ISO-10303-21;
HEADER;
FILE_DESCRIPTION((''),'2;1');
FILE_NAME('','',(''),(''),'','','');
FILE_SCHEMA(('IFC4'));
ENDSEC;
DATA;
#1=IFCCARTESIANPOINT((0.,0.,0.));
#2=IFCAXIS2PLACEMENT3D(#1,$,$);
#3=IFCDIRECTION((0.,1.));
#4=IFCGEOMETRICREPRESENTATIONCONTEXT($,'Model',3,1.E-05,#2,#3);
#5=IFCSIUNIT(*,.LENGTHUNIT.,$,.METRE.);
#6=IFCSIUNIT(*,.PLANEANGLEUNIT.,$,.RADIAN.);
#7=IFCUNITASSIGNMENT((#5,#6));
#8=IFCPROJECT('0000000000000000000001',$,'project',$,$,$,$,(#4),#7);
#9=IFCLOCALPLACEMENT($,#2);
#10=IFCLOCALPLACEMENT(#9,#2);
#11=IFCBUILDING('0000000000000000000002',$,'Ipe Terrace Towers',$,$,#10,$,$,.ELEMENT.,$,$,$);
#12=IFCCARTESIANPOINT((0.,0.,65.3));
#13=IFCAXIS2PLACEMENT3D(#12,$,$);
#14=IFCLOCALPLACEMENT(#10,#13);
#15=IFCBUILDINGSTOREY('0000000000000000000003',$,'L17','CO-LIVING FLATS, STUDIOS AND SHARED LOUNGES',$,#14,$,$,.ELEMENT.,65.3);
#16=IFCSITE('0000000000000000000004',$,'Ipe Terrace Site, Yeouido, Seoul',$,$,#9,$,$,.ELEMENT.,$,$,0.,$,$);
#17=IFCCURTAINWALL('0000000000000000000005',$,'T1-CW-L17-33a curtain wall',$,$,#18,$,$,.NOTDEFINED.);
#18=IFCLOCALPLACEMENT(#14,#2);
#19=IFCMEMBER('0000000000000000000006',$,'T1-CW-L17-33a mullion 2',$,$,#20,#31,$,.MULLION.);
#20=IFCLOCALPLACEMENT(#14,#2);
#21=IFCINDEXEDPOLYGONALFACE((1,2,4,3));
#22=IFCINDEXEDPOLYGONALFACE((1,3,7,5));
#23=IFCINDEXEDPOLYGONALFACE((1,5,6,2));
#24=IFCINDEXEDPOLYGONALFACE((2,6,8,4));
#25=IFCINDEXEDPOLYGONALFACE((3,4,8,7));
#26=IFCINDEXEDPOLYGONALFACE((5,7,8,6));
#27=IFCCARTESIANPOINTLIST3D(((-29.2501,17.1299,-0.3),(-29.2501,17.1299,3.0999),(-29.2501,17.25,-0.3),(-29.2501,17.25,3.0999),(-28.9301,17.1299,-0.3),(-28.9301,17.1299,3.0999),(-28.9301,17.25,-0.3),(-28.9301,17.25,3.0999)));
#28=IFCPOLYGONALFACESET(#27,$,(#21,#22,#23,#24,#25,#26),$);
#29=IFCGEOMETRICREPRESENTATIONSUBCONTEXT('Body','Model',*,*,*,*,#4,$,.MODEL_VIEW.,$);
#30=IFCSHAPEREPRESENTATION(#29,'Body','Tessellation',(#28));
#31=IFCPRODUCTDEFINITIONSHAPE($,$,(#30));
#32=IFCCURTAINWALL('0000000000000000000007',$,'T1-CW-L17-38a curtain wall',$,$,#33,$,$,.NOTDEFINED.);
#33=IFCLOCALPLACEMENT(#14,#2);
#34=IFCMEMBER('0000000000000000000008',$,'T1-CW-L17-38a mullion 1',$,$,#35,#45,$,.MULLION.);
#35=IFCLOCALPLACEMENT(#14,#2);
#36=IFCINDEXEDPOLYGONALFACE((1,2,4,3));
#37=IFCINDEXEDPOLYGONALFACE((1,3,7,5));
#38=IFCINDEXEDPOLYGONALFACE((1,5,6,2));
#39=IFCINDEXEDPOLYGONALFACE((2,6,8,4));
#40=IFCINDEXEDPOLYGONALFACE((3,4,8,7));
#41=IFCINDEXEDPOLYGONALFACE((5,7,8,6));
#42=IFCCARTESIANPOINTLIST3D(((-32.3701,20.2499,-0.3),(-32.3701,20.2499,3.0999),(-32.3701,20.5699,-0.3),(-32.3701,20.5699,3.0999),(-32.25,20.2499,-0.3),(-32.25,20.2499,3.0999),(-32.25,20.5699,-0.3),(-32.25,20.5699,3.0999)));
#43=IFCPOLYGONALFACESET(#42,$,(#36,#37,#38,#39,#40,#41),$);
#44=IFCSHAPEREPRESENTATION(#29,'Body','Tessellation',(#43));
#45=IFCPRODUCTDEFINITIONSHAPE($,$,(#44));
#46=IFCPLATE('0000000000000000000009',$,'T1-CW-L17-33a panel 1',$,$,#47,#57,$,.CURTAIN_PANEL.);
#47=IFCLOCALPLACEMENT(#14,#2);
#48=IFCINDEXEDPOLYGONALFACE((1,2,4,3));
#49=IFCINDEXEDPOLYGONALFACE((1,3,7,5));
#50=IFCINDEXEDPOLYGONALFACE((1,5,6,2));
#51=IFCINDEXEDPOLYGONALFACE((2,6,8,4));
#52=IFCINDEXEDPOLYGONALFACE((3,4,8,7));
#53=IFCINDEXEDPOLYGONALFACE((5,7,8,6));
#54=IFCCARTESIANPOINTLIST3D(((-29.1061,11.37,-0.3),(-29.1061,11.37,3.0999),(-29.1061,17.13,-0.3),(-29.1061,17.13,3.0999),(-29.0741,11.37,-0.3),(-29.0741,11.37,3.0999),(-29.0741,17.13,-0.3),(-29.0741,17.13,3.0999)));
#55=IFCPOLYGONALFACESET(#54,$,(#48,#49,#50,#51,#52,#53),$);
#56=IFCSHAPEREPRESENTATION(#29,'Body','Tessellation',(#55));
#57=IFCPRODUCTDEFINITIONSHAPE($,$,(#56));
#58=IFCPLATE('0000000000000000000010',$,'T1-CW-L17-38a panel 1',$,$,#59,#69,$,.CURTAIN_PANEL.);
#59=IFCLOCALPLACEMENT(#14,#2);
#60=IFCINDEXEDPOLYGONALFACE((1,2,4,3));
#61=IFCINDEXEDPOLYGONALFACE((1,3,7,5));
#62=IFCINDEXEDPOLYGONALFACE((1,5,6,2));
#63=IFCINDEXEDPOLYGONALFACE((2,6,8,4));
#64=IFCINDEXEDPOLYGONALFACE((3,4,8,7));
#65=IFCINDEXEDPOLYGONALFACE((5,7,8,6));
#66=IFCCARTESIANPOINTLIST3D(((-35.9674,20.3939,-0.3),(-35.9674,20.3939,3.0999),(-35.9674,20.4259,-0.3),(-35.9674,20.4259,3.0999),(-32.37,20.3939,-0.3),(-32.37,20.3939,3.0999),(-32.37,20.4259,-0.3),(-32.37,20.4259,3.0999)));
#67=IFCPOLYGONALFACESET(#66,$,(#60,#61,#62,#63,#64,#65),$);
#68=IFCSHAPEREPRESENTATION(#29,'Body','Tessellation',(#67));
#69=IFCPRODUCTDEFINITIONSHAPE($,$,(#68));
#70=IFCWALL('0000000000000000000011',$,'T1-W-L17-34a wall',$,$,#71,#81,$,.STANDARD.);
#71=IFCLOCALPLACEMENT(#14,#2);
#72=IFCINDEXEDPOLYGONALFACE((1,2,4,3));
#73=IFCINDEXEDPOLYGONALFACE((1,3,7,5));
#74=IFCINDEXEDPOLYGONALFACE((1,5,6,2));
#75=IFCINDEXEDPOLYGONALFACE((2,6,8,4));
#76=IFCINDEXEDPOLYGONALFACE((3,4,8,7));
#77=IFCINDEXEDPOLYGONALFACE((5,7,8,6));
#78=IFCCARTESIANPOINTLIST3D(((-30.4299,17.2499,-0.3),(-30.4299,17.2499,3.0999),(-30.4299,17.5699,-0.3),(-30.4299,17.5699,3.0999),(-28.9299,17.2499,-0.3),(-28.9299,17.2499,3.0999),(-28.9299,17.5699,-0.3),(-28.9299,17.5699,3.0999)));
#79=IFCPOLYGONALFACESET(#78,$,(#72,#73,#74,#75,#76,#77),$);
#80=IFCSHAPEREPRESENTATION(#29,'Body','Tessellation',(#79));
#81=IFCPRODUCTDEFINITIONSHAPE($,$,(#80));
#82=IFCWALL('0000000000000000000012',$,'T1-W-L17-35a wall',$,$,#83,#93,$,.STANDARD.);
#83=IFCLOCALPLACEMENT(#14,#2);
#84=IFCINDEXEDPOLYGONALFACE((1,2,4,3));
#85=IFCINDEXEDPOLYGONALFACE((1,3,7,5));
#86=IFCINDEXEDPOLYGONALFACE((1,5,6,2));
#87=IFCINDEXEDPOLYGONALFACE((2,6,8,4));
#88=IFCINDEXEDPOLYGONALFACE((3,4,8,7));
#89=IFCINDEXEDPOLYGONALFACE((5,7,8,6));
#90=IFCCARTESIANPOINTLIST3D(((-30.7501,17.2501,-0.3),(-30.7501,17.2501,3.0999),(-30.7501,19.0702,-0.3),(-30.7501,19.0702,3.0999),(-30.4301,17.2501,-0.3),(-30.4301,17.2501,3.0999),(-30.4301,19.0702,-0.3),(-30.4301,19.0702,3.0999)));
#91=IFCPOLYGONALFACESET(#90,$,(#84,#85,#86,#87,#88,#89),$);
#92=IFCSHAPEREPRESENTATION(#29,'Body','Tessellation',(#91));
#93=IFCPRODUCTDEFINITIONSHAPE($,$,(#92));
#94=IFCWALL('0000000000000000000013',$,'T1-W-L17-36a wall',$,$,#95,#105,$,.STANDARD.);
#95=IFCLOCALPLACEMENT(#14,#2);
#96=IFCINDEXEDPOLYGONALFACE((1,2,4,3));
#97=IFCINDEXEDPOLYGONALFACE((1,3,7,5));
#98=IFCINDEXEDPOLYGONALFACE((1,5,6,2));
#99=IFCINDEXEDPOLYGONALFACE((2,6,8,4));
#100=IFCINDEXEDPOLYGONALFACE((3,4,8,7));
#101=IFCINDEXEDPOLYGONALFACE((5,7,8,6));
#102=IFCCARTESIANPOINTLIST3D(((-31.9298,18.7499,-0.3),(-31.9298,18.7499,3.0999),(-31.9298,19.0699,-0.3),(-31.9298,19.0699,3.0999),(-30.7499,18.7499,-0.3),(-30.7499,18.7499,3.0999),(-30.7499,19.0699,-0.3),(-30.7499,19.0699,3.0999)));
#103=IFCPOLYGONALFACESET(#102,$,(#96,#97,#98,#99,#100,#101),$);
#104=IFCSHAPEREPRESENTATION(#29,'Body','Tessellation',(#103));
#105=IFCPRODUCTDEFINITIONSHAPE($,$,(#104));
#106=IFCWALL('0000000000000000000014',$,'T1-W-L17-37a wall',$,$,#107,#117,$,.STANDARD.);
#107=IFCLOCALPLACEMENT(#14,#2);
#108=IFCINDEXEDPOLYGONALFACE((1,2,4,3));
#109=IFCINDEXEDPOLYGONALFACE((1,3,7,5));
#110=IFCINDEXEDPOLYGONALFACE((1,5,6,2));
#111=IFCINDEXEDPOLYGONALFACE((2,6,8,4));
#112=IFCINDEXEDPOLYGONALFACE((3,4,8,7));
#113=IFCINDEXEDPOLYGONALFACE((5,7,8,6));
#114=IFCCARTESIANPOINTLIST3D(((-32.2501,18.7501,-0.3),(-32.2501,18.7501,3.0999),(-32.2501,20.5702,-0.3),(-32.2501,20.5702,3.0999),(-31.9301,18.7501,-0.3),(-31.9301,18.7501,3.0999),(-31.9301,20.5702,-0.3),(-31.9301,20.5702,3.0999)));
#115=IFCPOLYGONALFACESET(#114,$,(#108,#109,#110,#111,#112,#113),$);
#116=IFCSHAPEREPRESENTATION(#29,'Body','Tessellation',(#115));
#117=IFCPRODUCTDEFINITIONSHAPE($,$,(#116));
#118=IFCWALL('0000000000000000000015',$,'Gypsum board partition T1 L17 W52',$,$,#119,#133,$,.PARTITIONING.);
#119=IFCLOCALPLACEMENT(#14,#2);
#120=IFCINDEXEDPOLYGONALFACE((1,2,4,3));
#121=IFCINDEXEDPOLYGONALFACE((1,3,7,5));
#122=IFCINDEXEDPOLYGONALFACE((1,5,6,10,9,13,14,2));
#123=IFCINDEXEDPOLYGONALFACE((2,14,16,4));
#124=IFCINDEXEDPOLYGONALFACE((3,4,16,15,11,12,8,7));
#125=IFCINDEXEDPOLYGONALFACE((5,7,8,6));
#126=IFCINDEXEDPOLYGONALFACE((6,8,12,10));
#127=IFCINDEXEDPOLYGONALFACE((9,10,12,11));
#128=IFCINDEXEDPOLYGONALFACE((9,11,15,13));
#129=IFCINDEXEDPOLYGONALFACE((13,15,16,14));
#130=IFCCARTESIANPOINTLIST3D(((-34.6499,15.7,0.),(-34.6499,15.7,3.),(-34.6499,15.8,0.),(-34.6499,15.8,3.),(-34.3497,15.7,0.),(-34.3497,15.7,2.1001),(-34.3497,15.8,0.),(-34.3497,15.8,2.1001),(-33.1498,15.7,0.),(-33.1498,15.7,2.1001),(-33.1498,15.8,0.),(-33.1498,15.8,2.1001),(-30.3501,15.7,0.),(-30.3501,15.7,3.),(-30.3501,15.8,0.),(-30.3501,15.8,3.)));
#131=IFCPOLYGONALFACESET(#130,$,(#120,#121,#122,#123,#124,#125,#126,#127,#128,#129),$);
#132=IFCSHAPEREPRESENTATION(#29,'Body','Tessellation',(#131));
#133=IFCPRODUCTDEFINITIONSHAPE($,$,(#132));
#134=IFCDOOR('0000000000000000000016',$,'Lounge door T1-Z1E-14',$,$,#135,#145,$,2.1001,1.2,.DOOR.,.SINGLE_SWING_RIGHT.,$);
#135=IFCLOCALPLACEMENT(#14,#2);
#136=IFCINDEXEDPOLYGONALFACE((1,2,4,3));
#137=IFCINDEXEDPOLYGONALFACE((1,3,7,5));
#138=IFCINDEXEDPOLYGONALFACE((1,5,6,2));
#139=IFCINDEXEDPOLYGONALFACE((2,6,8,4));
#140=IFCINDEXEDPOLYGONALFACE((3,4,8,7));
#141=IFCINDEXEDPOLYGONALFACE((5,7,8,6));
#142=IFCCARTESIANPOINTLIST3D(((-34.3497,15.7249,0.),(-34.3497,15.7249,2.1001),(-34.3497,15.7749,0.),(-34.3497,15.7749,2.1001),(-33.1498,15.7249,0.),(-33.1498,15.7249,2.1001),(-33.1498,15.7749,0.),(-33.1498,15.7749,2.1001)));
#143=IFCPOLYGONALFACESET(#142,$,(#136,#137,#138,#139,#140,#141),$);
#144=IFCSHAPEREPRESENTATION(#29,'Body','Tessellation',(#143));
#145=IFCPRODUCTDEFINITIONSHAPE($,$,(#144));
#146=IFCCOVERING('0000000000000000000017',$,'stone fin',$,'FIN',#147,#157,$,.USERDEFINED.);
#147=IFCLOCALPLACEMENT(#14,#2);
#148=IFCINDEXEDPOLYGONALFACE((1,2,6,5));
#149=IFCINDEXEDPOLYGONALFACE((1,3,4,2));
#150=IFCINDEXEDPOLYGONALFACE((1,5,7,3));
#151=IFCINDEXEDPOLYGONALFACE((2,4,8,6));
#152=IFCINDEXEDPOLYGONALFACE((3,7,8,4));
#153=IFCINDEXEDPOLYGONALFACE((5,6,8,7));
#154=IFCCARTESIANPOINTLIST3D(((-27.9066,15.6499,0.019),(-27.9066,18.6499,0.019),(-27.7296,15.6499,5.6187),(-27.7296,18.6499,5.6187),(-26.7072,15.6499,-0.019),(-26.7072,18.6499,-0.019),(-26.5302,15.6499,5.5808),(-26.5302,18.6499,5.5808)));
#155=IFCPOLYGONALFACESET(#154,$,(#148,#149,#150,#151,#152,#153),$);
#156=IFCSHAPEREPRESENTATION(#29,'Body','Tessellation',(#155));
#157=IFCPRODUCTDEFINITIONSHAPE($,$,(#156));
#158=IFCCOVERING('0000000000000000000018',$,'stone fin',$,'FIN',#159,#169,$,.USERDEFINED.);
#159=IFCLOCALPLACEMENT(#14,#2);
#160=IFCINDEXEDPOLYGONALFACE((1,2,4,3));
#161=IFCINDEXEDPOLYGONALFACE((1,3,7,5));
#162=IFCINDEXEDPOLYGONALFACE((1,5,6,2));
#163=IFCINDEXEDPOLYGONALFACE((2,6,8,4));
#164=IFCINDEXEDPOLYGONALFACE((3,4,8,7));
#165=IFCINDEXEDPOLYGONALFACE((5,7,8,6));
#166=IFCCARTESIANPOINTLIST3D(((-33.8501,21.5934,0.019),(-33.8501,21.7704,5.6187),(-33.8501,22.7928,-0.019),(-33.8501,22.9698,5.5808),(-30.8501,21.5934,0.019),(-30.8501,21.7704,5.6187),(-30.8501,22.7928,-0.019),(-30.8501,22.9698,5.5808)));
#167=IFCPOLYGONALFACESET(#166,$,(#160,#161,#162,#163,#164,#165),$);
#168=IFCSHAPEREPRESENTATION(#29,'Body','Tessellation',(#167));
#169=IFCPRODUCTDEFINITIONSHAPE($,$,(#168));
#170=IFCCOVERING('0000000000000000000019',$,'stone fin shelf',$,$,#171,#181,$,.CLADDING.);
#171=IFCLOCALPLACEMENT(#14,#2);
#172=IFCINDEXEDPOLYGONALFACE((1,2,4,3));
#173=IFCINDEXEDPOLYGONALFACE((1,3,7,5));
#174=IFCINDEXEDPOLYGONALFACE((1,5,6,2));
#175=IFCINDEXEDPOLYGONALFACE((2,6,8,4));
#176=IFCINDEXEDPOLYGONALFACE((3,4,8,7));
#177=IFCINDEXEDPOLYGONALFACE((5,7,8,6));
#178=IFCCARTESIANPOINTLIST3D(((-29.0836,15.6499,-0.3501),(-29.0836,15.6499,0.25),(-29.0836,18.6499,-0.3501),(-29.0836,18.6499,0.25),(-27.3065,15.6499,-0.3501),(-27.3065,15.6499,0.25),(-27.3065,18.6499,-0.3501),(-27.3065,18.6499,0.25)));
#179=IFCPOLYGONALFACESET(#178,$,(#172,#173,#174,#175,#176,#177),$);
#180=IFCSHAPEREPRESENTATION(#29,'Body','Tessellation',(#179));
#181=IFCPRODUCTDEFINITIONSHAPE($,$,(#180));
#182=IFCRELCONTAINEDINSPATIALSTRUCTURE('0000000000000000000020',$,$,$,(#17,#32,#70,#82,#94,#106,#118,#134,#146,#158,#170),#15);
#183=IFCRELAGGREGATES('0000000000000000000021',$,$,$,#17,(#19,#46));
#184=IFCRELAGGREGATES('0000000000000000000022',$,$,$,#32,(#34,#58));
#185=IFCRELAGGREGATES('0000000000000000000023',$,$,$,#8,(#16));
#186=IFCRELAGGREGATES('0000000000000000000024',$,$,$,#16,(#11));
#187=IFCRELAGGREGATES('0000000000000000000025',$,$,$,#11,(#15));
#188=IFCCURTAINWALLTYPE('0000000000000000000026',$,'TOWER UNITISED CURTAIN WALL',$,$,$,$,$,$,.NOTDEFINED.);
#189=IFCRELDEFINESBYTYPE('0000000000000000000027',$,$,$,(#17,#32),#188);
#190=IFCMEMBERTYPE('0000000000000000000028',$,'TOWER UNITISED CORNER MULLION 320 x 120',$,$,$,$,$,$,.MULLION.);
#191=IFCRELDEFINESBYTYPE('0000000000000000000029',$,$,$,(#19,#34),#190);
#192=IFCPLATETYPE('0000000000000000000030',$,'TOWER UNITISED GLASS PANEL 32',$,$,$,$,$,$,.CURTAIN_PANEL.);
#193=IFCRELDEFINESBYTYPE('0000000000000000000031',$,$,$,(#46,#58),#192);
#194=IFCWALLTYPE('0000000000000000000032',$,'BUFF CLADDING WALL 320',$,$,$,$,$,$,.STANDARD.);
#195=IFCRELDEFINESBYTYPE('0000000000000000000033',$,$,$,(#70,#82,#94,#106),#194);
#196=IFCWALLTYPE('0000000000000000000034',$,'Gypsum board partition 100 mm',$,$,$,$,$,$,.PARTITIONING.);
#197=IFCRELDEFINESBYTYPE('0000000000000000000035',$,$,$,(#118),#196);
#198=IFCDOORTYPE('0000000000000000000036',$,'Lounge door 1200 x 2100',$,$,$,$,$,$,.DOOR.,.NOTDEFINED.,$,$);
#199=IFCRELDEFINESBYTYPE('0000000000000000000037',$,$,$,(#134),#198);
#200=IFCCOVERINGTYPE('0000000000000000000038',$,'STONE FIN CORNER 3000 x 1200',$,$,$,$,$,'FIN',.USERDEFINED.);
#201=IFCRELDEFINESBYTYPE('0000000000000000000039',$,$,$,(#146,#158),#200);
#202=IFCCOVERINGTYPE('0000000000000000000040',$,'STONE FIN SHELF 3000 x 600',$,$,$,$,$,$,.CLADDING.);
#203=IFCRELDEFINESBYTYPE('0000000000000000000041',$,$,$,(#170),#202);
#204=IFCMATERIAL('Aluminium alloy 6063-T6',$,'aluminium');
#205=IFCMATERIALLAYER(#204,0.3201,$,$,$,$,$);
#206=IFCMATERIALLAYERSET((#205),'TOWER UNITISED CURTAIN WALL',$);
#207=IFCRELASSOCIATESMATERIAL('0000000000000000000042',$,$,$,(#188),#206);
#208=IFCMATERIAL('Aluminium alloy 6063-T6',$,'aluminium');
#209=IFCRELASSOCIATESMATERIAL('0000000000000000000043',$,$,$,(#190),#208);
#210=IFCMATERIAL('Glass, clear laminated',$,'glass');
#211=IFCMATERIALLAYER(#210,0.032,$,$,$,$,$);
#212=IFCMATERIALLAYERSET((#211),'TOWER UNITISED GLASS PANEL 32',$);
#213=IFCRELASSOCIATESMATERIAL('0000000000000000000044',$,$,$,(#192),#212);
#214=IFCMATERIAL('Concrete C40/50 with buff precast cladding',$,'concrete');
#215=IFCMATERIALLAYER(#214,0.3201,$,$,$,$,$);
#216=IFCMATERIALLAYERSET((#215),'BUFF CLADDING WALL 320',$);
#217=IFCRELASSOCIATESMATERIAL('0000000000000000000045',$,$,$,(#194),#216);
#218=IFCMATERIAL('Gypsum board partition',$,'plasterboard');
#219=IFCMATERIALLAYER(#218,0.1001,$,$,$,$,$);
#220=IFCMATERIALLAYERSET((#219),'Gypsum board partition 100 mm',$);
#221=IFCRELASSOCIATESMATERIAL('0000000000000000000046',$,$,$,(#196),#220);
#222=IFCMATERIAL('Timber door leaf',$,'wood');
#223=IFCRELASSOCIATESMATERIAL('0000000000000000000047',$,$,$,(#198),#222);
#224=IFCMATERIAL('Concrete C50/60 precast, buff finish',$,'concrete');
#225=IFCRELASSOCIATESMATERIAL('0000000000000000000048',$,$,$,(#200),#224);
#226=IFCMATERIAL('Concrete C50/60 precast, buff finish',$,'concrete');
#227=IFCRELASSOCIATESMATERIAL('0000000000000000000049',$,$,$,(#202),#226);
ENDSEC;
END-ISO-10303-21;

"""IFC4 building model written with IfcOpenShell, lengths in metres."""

from ifc_helpers import new_model, si_unit, direction, frame, frame_2d, origin, origin_2d, place, context, subcontext, project, spatial, rectangle, extrude, material, layer, layer_set, material_profile, profile_set, type_object, element, fill, aggregate, save


model = new_model("IFC4")

# Units and contexts
model_context = context("Model", 3, precision=1e-05, world=origin(), true_north=direction((0.0, 1.0)))
body_context = subcontext(model_context, "Body", "Model", "MODEL_VIEW")
ifc_project = project(units=[si_unit("LENGTHUNIT", "METRE"), si_unit("PLANEANGLEUNIT", "RADIAN")], contexts=[model_context])

# Site, building, storey
site_placement = place(None, origin())
site = spatial("IfcSite", under=ifc_project, at=site_placement, Name="Ipe Terrace Site, Yeouido, Seoul", CompositionType="ELEMENT", RefElevation=0.0)
building_placement = place(site_placement, origin())
building = spatial("IfcBuilding", under=site, at=building_placement, Name="Ipe Terrace Towers", CompositionType="ELEMENT")
storey_placement = place(building_placement, frame((0.0, 0.0, 65.3)))
storey = spatial("IfcBuildingStorey", under=building, at=storey_placement, Name="L17", Description="CO-LIVING FLATS, STUDIOS AND SHARED LOUNGES", CompositionType="ELEMENT", Elevation=65.3)

# Curtain walls, members
ifc_material_1 = material(Name="Aluminium alloy 6063-T6", Category="aluminium")
ifc_layer_1 = layer(ifc_material_1, 0.3201)
ifc_layer_set_1 = layer_set([ifc_layer_1], Name="TOWER UNITISED CURTAIN WALL")
curtain_wall_type = type_object("IfcCurtainWallType", Name="TOWER UNITISED CURTAIN WALL", PredefinedType="NOTDEFINED", material=ifc_layer_set_1)
curtain_wall_1_placement = place(storey_placement, origin())
curtain_wall_1 = element("IfcCurtainWall", 1, at=curtain_wall_1_placement, inside=storey, type_object=curtain_wall_type, Name="T1-CW-L17-33a curtain wall", PredefinedType="NOTDEFINED")
ifc_material_2 = material(Name="Aluminium alloy 6063-T6", Category="aluminium")
ifc_material_profile_1 = material_profile(ifc_material_2, rectangle(XDim=0.3201, YDim=0.1201, at=origin_2d()), Name="TOWER UNITISED CORNER MULLION 320 x 120")
ifc_profile_set_1 = profile_set([ifc_material_profile_1], Name="Aluminium alloy 6063-T6")
member_type = type_object("IfcMemberType", Name="TOWER UNITISED CORNER MULLION 320 x 120", PredefinedType="MULLION", material=ifc_profile_set_1)
member_1_placement = place(storey_placement, frame((-29.0901, 17.1899, -0.3), z_axis=(0.0, 0.0, 1.0), x_axis=(1.0, 0.0, 0.0)))
member_1 = element("IfcMember", 2, at=member_1_placement, type_object=member_type, Name="T1-CW-L17-33a mullion 2", PredefinedType="MULLION", context=body_context, shape_type="SweptSolid", body=[
    extrude(rectangle(XDim=0.3201, YDim=0.1201, at=origin_2d()), origin(), (0.0, 0.0, 1.0), 3.3999),
])
curtain_wall_2_placement = place(storey_placement, origin())
curtain_wall_2 = element("IfcCurtainWall", 3, at=curtain_wall_2_placement, inside=storey, type_object=curtain_wall_type, Name="T1-CW-L17-38a curtain wall", PredefinedType="NOTDEFINED")
member_2_placement = place(storey_placement, frame((-32.3101, 20.4099, -0.3), z_axis=(0.0, 0.0, 1.0), x_axis=(0.0, 1.0, 0.0)))
member_2 = element("IfcMember", 4, at=member_2_placement, type_object=member_type, Name="T1-CW-L17-38a mullion 1", PredefinedType="MULLION", context=body_context, shape_type="SweptSolid", body=[
    extrude(rectangle(XDim=0.3201, YDim=0.1201, at=origin_2d()), origin(), (0.0, 0.0, 1.0), 3.3999),
])

# Plates
ifc_material_3 = material(Name="Glass, clear laminated", Category="glass")
ifc_layer_2 = layer(ifc_material_3, 0.032)
ifc_layer_set_2 = layer_set([ifc_layer_2], Name="TOWER UNITISED GLASS PANEL 32")
plate_type = type_object("IfcPlateType", Name="TOWER UNITISED GLASS PANEL 32", PredefinedType="CURTAIN_PANEL", material=ifc_layer_set_2)
plate_1_placement = place(storey_placement, frame((-29.0901, 14.25, -0.3), z_axis=(0.0, 0.0, 1.0), x_axis=(0.0, 1.0, 0.0)))
plate_1 = element("IfcPlate", 5, at=plate_1_placement, type_object=plate_type, Name="T1-CW-L17-33a panel 1", PredefinedType="CURTAIN_PANEL", context=body_context, shape_type="SweptSolid", body=[
    extrude(rectangle(XDim=5.76, YDim=0.032, at=origin_2d()), origin(), (0.0, 0.0, 1.0), 3.3999),
])
aggregate(curtain_wall_1, [member_1, plate_1])
plate_2_placement = place(storey_placement, frame((-34.1687, 20.4099, -0.3), z_axis=(0.0, 0.0, 1.0), x_axis=(-1.0, 0.0, 0.0)))
plate_2 = element("IfcPlate", 6, at=plate_2_placement, type_object=plate_type, Name="T1-CW-L17-38a panel 1", PredefinedType="CURTAIN_PANEL", context=body_context, shape_type="SweptSolid", body=[
    extrude(rectangle(XDim=3.5974, YDim=0.032, at=origin_2d()), origin(), (0.0, 0.0, 1.0), 3.3999),
])
aggregate(curtain_wall_2, [member_2, plate_2])

# Walls
ifc_material_4 = material(Name="Concrete C40/50 with buff precast cladding", Category="concrete")
ifc_layer_3 = layer(ifc_material_4, 0.3201)
ifc_layer_set_3 = layer_set([ifc_layer_3], Name="BUFF CLADDING WALL 320")
wall_type_1 = type_object("IfcWallType", Name="BUFF CLADDING WALL 320", PredefinedType="STANDARD", material=ifc_layer_set_3)
wall_1_placement = place(storey_placement, frame((-28.9299, 17.4099, -0.3), z_axis=(0.0, 0.0, 1.0), x_axis=(-1.0, 0.0, 0.0)))
element("IfcWall", 7, at=wall_1_placement, inside=storey, type_object=wall_type_1, Name="T1-W-L17-34a wall", PredefinedType="STANDARD", context=body_context, shape_type="SweptSolid", body=[
    extrude(rectangle(XDim=1.5, YDim=0.3201, at=frame_2d((0.75, 0.0))), origin(), (0.0, 0.0, 1.0), 3.3999),
])
wall_2_placement = place(storey_placement, frame((-30.5901, 17.25, -0.3), z_axis=(0.0, 0.0, 1.0), x_axis=(0.0, 1.0, 0.0)))
element("IfcWall", 8, at=wall_2_placement, inside=storey, type_object=wall_type_1, Name="T1-W-L17-35a wall", PredefinedType="STANDARD", context=body_context, shape_type="SweptSolid", body=[
    extrude(rectangle(XDim=1.8201, YDim=0.3201, at=frame_2d((0.9102, 0.0))), origin(), (0.0, 0.0, 1.0), 3.3999),
])
wall_3_placement = place(storey_placement, frame((-30.75, 18.9099, -0.3), z_axis=(0.0, 0.0, 1.0), x_axis=(-1.0, 0.0, 0.0)))
element("IfcWall", 9, at=wall_3_placement, inside=storey, type_object=wall_type_1, Name="T1-W-L17-36a wall", PredefinedType="STANDARD", context=body_context, shape_type="SweptSolid", body=[
    extrude(rectangle(XDim=1.1799, YDim=0.3201, at=frame_2d((0.5898, 0.0))), origin(), (0.0, 0.0, 1.0), 3.3999),
])
wall_4_placement = place(storey_placement, frame((-32.0901, 18.75, -0.3), z_axis=(0.0, 0.0, 1.0), x_axis=(0.0, 1.0, 0.0)))
element("IfcWall", 10, at=wall_4_placement, inside=storey, type_object=wall_type_1, Name="T1-W-L17-37a wall", PredefinedType="STANDARD", context=body_context, shape_type="SweptSolid", body=[
    extrude(rectangle(XDim=1.8201, YDim=0.3201, at=frame_2d((0.9102, 0.0))), origin(), (0.0, 0.0, 1.0), 3.3999),
])

# Wall, opening, door
ifc_material_5 = material(Name="Gypsum board partition", Category="plasterboard")
ifc_layer_4 = layer(ifc_material_5, 0.1001)
ifc_layer_set_4 = layer_set([ifc_layer_4], Name="Gypsum board partition 100 mm")
wall_type_2 = type_object("IfcWallType", Name="Gypsum board partition 100 mm", PredefinedType="PARTITIONING", material=ifc_layer_set_4)
wall_5_placement = place(storey_placement, frame((-34.6499, 15.75, 0.0), z_axis=(0.0, 0.0, 1.0), x_axis=(1.0, 0.0, 0.0)))
wall_5 = element("IfcWall", 11, at=wall_5_placement, inside=storey, type_object=wall_type_2, Name="Gypsum board partition T1 L17 W52", PredefinedType="PARTITIONING", context=body_context, shape_type="SweptSolid", body=[
    extrude(rectangle(XDim=4.2998, YDim=0.1001, at=frame_2d((2.1499, 0.0))), origin(), (0.0, 0.0, 1.0), 3.0),
])
opening_placement = place(wall_5_placement, frame((0.3, 0.0, 0.0)))
opening = element("IfcOpeningElement", 12, at=opening_placement, cuts=wall_5, PredefinedType="OPENING", context=body_context, shape_type="SweptSolid", body=[
    extrude(rectangle(XDim=1.2, YDim=2.1001, at=frame_2d((0.6001, 1.05))), frame((0.0, 0.0601, 0.0), z_axis=(0.0, -1.0, 0.0), x_axis=(1.0, 0.0, 0.0)), (0.0, 0.0, 1.0), 0.1201),
])
ifc_material_6 = material(Name="Timber door leaf", Category="wood")
door_type = type_object("IfcDoorType", Name="Lounge door 1200 x 2100", OperationType="NOTDEFINED", PredefinedType="DOOR", material=ifc_material_6)
door_placement = place(opening_placement, origin())
door = element("IfcDoor", 13, at=door_placement, inside=storey, type_object=door_type, Name="Lounge door T1-Z1E-14", OperationType="SINGLE_SWING_RIGHT", OverallHeight=2.1001, OverallWidth=1.2, PredefinedType="DOOR", context=body_context, shape_type="SweptSolid", body=[
    extrude(rectangle(XDim=1.2, YDim=2.1001, at=frame_2d((0.6001, 1.05))), frame((0.0, 0.0249, 0.0), z_axis=(0.0, -1.0, 0.0), x_axis=(1.0, 0.0, 0.0)), (0.0, 0.0, 1.0), 0.05),
])
fill(opening, door)

# Coverings
ifc_material_7 = material(Name="Concrete C50/60 precast, buff finish", Category="concrete")
ifc_material_profile_2 = material_profile(ifc_material_7, rectangle(XDim=3.0, YDim=1.2, at=origin_2d()), Name="STONE FIN CORNER 3000 x 1200")
ifc_profile_set_2 = profile_set([ifc_material_profile_2], Name="Concrete C50/60 precast, buff finish")
covering_type_1 = type_object("IfcCoveringType", Name="STONE FIN CORNER 3000 x 1200", ElementType="FIN", PredefinedType="USERDEFINED", material=ifc_profile_set_2)
for number, where, z_axis, x_axis, name in (
    (14, (-27.3069, 17.1499, 0.0), (0.031593, 0.0, 0.999501), (0.0, 1.0, 0.0), "stone fin"),
    (15, (-32.3501, 22.1931, 0.0), (0.0, 0.031593, 0.999501), (-1.0, 0.0, 0.0), "stone fin"),
):
    element("IfcCovering", number, at=place(storey_placement, frame(where, z_axis=z_axis, x_axis=x_axis)), inside=storey, type_object=covering_type_1, Name=name, ObjectType="FIN", PredefinedType="USERDEFINED", context=body_context, shape_type="SweptSolid", body=[
        extrude(rectangle(XDim=3.0, YDim=1.2, at=origin_2d()), origin(), (0.0, 0.0, 1.0), 5.6025),
    ])
ifc_material_8 = material(Name="Concrete C50/60 precast, buff finish", Category="concrete")
covering_type_2 = type_object("IfcCoveringType", Name="STONE FIN SHELF 3000 x 600", PredefinedType="CLADDING", material=ifc_material_8)
for number, where, z_axis, x_axis, name in (
    (16, (-28.1951, 17.1499, -0.3501), (0.0, 0.0, 1.0), (0.0, 1.0, 0.0), "stone fin shelf"),
):
    element("IfcCovering", number, at=place(storey_placement, frame(where, z_axis=z_axis, x_axis=x_axis)), inside=storey, type_object=covering_type_2, Name=name, PredefinedType="CLADDING", context=body_context, shape_type="SweptSolid", body=[
        extrude(rectangle(XDim=3.0, YDim=1.7771, at=origin_2d()), origin(), (0.0, 0.0, 1.0), 0.6001),
    ])

save(model, "model.ifc")
